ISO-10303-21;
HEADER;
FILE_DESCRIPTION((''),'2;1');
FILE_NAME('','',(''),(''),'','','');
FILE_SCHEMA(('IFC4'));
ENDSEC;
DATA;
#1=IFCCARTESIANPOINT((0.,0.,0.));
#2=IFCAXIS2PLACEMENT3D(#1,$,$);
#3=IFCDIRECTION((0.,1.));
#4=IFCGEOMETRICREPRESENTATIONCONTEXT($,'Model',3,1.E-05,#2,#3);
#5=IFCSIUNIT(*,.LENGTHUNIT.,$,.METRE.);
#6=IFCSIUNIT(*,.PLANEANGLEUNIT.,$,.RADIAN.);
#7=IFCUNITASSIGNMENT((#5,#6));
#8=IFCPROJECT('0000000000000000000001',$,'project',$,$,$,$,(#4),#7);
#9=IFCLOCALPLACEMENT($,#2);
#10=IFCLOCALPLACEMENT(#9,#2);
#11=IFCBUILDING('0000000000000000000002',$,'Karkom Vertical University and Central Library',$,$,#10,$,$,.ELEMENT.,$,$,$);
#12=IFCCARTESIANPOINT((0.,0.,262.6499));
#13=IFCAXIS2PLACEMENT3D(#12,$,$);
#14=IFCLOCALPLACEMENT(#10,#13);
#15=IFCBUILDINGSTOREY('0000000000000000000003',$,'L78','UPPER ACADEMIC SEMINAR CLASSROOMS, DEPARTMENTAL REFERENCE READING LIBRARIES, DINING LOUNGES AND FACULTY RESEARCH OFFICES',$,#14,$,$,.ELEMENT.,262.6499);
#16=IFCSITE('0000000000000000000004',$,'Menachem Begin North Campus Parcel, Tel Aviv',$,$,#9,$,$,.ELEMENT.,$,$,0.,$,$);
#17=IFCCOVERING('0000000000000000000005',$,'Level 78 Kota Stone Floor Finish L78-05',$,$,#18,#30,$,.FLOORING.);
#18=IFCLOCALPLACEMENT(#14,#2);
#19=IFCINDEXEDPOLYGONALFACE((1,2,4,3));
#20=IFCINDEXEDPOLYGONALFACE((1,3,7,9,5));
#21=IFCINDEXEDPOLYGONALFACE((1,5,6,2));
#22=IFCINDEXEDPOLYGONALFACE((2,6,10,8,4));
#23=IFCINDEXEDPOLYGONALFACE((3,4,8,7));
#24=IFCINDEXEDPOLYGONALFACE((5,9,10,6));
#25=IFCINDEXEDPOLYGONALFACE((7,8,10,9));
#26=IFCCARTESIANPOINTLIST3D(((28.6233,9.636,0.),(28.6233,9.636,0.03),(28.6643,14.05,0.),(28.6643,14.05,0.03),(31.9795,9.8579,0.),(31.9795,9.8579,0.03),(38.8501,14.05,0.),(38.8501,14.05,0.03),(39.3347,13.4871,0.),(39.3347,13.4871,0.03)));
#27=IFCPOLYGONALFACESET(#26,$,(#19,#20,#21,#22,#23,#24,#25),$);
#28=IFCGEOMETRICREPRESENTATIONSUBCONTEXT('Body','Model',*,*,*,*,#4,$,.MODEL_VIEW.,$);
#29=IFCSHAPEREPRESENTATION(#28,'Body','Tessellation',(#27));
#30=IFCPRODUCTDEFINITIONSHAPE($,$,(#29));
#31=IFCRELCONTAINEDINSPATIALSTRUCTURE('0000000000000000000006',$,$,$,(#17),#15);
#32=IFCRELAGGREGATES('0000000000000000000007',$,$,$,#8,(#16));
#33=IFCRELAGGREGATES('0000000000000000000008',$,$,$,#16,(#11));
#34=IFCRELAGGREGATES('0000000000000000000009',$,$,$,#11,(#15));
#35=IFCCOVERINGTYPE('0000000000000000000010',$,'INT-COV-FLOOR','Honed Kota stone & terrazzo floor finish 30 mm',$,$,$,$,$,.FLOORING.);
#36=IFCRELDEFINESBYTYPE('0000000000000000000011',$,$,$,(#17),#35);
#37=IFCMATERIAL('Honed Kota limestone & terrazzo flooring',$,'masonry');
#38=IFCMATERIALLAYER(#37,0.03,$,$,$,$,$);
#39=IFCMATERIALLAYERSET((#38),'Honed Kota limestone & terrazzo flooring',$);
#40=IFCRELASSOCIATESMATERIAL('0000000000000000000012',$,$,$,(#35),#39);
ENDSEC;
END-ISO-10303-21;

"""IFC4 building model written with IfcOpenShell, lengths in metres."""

from ifc_helpers import new_model, si_unit, direction, frame, origin, place, context, subcontext, project, spatial, polyline, outline, extrude, material, layer, layer_set, type_object, element, save


model = new_model("IFC4")

# Units and contexts
model_context = context("Model", 3, precision=1e-05, world=origin(), true_north=direction((0.0, 1.0)))
body_context = subcontext(model_context, "Body", "Model", "MODEL_VIEW")
ifc_project = project(units=[si_unit("LENGTHUNIT", "METRE"), si_unit("PLANEANGLEUNIT", "RADIAN")], contexts=[model_context])

# Site, building, storey
site_placement = place(None, origin())
site = spatial("IfcSite", under=ifc_project, at=site_placement, Name="Menachem Begin North Campus Parcel, Tel Aviv", CompositionType="ELEMENT", RefElevation=0.0)
building_placement = place(site_placement, origin())
building = spatial("IfcBuilding", under=site, at=building_placement, Name="Karkom Vertical University and Central Library", CompositionType="ELEMENT")
storey_placement = place(building_placement, frame((0.0, 0.0, 262.6499)))
storey = spatial("IfcBuildingStorey", under=building, at=storey_placement, Name="L78", Description="UPPER ACADEMIC SEMINAR CLASSROOMS, DEPARTMENTAL REFERENCE READING LIBRARIES, DINING LOUNGES AND FACULTY RESEARCH OFFICES", CompositionType="ELEMENT", Elevation=262.6499)

# Covering
ifc_material_1 = material(Name="Honed Kota limestone & terrazzo flooring", Category="masonry")
ifc_layer_1 = layer(ifc_material_1, 0.03)
ifc_layer_set_1 = layer_set([ifc_layer_1], Name="Honed Kota limestone & terrazzo flooring")
covering_type_1 = type_object("IfcCoveringType", Name="INT-COV-FLOOR", Description="Honed Kota stone & terrazzo floor finish 30 mm", PredefinedType="FLOORING", material=ifc_layer_set_1)
covering_1_placement = place(storey_placement, origin())
element("IfcCovering", 1, at=covering_1_placement, inside=storey, type_object=covering_type_1, Name="Level 78 Kota Stone Floor Finish L78-05", PredefinedType="FLOORING", context=body_context, shape_type="SweptSolid", body=[
    extrude(outline(polyline([(28.6643, 14.05), (38.8501, 14.05), (39.3347, 13.4871), (31.9795, 9.8579), (28.6233, 9.636), (28.6643, 14.05)])), origin(), (0.0, 0.0, 1.0), 0.03),
])

save(model, "model.ifc")
